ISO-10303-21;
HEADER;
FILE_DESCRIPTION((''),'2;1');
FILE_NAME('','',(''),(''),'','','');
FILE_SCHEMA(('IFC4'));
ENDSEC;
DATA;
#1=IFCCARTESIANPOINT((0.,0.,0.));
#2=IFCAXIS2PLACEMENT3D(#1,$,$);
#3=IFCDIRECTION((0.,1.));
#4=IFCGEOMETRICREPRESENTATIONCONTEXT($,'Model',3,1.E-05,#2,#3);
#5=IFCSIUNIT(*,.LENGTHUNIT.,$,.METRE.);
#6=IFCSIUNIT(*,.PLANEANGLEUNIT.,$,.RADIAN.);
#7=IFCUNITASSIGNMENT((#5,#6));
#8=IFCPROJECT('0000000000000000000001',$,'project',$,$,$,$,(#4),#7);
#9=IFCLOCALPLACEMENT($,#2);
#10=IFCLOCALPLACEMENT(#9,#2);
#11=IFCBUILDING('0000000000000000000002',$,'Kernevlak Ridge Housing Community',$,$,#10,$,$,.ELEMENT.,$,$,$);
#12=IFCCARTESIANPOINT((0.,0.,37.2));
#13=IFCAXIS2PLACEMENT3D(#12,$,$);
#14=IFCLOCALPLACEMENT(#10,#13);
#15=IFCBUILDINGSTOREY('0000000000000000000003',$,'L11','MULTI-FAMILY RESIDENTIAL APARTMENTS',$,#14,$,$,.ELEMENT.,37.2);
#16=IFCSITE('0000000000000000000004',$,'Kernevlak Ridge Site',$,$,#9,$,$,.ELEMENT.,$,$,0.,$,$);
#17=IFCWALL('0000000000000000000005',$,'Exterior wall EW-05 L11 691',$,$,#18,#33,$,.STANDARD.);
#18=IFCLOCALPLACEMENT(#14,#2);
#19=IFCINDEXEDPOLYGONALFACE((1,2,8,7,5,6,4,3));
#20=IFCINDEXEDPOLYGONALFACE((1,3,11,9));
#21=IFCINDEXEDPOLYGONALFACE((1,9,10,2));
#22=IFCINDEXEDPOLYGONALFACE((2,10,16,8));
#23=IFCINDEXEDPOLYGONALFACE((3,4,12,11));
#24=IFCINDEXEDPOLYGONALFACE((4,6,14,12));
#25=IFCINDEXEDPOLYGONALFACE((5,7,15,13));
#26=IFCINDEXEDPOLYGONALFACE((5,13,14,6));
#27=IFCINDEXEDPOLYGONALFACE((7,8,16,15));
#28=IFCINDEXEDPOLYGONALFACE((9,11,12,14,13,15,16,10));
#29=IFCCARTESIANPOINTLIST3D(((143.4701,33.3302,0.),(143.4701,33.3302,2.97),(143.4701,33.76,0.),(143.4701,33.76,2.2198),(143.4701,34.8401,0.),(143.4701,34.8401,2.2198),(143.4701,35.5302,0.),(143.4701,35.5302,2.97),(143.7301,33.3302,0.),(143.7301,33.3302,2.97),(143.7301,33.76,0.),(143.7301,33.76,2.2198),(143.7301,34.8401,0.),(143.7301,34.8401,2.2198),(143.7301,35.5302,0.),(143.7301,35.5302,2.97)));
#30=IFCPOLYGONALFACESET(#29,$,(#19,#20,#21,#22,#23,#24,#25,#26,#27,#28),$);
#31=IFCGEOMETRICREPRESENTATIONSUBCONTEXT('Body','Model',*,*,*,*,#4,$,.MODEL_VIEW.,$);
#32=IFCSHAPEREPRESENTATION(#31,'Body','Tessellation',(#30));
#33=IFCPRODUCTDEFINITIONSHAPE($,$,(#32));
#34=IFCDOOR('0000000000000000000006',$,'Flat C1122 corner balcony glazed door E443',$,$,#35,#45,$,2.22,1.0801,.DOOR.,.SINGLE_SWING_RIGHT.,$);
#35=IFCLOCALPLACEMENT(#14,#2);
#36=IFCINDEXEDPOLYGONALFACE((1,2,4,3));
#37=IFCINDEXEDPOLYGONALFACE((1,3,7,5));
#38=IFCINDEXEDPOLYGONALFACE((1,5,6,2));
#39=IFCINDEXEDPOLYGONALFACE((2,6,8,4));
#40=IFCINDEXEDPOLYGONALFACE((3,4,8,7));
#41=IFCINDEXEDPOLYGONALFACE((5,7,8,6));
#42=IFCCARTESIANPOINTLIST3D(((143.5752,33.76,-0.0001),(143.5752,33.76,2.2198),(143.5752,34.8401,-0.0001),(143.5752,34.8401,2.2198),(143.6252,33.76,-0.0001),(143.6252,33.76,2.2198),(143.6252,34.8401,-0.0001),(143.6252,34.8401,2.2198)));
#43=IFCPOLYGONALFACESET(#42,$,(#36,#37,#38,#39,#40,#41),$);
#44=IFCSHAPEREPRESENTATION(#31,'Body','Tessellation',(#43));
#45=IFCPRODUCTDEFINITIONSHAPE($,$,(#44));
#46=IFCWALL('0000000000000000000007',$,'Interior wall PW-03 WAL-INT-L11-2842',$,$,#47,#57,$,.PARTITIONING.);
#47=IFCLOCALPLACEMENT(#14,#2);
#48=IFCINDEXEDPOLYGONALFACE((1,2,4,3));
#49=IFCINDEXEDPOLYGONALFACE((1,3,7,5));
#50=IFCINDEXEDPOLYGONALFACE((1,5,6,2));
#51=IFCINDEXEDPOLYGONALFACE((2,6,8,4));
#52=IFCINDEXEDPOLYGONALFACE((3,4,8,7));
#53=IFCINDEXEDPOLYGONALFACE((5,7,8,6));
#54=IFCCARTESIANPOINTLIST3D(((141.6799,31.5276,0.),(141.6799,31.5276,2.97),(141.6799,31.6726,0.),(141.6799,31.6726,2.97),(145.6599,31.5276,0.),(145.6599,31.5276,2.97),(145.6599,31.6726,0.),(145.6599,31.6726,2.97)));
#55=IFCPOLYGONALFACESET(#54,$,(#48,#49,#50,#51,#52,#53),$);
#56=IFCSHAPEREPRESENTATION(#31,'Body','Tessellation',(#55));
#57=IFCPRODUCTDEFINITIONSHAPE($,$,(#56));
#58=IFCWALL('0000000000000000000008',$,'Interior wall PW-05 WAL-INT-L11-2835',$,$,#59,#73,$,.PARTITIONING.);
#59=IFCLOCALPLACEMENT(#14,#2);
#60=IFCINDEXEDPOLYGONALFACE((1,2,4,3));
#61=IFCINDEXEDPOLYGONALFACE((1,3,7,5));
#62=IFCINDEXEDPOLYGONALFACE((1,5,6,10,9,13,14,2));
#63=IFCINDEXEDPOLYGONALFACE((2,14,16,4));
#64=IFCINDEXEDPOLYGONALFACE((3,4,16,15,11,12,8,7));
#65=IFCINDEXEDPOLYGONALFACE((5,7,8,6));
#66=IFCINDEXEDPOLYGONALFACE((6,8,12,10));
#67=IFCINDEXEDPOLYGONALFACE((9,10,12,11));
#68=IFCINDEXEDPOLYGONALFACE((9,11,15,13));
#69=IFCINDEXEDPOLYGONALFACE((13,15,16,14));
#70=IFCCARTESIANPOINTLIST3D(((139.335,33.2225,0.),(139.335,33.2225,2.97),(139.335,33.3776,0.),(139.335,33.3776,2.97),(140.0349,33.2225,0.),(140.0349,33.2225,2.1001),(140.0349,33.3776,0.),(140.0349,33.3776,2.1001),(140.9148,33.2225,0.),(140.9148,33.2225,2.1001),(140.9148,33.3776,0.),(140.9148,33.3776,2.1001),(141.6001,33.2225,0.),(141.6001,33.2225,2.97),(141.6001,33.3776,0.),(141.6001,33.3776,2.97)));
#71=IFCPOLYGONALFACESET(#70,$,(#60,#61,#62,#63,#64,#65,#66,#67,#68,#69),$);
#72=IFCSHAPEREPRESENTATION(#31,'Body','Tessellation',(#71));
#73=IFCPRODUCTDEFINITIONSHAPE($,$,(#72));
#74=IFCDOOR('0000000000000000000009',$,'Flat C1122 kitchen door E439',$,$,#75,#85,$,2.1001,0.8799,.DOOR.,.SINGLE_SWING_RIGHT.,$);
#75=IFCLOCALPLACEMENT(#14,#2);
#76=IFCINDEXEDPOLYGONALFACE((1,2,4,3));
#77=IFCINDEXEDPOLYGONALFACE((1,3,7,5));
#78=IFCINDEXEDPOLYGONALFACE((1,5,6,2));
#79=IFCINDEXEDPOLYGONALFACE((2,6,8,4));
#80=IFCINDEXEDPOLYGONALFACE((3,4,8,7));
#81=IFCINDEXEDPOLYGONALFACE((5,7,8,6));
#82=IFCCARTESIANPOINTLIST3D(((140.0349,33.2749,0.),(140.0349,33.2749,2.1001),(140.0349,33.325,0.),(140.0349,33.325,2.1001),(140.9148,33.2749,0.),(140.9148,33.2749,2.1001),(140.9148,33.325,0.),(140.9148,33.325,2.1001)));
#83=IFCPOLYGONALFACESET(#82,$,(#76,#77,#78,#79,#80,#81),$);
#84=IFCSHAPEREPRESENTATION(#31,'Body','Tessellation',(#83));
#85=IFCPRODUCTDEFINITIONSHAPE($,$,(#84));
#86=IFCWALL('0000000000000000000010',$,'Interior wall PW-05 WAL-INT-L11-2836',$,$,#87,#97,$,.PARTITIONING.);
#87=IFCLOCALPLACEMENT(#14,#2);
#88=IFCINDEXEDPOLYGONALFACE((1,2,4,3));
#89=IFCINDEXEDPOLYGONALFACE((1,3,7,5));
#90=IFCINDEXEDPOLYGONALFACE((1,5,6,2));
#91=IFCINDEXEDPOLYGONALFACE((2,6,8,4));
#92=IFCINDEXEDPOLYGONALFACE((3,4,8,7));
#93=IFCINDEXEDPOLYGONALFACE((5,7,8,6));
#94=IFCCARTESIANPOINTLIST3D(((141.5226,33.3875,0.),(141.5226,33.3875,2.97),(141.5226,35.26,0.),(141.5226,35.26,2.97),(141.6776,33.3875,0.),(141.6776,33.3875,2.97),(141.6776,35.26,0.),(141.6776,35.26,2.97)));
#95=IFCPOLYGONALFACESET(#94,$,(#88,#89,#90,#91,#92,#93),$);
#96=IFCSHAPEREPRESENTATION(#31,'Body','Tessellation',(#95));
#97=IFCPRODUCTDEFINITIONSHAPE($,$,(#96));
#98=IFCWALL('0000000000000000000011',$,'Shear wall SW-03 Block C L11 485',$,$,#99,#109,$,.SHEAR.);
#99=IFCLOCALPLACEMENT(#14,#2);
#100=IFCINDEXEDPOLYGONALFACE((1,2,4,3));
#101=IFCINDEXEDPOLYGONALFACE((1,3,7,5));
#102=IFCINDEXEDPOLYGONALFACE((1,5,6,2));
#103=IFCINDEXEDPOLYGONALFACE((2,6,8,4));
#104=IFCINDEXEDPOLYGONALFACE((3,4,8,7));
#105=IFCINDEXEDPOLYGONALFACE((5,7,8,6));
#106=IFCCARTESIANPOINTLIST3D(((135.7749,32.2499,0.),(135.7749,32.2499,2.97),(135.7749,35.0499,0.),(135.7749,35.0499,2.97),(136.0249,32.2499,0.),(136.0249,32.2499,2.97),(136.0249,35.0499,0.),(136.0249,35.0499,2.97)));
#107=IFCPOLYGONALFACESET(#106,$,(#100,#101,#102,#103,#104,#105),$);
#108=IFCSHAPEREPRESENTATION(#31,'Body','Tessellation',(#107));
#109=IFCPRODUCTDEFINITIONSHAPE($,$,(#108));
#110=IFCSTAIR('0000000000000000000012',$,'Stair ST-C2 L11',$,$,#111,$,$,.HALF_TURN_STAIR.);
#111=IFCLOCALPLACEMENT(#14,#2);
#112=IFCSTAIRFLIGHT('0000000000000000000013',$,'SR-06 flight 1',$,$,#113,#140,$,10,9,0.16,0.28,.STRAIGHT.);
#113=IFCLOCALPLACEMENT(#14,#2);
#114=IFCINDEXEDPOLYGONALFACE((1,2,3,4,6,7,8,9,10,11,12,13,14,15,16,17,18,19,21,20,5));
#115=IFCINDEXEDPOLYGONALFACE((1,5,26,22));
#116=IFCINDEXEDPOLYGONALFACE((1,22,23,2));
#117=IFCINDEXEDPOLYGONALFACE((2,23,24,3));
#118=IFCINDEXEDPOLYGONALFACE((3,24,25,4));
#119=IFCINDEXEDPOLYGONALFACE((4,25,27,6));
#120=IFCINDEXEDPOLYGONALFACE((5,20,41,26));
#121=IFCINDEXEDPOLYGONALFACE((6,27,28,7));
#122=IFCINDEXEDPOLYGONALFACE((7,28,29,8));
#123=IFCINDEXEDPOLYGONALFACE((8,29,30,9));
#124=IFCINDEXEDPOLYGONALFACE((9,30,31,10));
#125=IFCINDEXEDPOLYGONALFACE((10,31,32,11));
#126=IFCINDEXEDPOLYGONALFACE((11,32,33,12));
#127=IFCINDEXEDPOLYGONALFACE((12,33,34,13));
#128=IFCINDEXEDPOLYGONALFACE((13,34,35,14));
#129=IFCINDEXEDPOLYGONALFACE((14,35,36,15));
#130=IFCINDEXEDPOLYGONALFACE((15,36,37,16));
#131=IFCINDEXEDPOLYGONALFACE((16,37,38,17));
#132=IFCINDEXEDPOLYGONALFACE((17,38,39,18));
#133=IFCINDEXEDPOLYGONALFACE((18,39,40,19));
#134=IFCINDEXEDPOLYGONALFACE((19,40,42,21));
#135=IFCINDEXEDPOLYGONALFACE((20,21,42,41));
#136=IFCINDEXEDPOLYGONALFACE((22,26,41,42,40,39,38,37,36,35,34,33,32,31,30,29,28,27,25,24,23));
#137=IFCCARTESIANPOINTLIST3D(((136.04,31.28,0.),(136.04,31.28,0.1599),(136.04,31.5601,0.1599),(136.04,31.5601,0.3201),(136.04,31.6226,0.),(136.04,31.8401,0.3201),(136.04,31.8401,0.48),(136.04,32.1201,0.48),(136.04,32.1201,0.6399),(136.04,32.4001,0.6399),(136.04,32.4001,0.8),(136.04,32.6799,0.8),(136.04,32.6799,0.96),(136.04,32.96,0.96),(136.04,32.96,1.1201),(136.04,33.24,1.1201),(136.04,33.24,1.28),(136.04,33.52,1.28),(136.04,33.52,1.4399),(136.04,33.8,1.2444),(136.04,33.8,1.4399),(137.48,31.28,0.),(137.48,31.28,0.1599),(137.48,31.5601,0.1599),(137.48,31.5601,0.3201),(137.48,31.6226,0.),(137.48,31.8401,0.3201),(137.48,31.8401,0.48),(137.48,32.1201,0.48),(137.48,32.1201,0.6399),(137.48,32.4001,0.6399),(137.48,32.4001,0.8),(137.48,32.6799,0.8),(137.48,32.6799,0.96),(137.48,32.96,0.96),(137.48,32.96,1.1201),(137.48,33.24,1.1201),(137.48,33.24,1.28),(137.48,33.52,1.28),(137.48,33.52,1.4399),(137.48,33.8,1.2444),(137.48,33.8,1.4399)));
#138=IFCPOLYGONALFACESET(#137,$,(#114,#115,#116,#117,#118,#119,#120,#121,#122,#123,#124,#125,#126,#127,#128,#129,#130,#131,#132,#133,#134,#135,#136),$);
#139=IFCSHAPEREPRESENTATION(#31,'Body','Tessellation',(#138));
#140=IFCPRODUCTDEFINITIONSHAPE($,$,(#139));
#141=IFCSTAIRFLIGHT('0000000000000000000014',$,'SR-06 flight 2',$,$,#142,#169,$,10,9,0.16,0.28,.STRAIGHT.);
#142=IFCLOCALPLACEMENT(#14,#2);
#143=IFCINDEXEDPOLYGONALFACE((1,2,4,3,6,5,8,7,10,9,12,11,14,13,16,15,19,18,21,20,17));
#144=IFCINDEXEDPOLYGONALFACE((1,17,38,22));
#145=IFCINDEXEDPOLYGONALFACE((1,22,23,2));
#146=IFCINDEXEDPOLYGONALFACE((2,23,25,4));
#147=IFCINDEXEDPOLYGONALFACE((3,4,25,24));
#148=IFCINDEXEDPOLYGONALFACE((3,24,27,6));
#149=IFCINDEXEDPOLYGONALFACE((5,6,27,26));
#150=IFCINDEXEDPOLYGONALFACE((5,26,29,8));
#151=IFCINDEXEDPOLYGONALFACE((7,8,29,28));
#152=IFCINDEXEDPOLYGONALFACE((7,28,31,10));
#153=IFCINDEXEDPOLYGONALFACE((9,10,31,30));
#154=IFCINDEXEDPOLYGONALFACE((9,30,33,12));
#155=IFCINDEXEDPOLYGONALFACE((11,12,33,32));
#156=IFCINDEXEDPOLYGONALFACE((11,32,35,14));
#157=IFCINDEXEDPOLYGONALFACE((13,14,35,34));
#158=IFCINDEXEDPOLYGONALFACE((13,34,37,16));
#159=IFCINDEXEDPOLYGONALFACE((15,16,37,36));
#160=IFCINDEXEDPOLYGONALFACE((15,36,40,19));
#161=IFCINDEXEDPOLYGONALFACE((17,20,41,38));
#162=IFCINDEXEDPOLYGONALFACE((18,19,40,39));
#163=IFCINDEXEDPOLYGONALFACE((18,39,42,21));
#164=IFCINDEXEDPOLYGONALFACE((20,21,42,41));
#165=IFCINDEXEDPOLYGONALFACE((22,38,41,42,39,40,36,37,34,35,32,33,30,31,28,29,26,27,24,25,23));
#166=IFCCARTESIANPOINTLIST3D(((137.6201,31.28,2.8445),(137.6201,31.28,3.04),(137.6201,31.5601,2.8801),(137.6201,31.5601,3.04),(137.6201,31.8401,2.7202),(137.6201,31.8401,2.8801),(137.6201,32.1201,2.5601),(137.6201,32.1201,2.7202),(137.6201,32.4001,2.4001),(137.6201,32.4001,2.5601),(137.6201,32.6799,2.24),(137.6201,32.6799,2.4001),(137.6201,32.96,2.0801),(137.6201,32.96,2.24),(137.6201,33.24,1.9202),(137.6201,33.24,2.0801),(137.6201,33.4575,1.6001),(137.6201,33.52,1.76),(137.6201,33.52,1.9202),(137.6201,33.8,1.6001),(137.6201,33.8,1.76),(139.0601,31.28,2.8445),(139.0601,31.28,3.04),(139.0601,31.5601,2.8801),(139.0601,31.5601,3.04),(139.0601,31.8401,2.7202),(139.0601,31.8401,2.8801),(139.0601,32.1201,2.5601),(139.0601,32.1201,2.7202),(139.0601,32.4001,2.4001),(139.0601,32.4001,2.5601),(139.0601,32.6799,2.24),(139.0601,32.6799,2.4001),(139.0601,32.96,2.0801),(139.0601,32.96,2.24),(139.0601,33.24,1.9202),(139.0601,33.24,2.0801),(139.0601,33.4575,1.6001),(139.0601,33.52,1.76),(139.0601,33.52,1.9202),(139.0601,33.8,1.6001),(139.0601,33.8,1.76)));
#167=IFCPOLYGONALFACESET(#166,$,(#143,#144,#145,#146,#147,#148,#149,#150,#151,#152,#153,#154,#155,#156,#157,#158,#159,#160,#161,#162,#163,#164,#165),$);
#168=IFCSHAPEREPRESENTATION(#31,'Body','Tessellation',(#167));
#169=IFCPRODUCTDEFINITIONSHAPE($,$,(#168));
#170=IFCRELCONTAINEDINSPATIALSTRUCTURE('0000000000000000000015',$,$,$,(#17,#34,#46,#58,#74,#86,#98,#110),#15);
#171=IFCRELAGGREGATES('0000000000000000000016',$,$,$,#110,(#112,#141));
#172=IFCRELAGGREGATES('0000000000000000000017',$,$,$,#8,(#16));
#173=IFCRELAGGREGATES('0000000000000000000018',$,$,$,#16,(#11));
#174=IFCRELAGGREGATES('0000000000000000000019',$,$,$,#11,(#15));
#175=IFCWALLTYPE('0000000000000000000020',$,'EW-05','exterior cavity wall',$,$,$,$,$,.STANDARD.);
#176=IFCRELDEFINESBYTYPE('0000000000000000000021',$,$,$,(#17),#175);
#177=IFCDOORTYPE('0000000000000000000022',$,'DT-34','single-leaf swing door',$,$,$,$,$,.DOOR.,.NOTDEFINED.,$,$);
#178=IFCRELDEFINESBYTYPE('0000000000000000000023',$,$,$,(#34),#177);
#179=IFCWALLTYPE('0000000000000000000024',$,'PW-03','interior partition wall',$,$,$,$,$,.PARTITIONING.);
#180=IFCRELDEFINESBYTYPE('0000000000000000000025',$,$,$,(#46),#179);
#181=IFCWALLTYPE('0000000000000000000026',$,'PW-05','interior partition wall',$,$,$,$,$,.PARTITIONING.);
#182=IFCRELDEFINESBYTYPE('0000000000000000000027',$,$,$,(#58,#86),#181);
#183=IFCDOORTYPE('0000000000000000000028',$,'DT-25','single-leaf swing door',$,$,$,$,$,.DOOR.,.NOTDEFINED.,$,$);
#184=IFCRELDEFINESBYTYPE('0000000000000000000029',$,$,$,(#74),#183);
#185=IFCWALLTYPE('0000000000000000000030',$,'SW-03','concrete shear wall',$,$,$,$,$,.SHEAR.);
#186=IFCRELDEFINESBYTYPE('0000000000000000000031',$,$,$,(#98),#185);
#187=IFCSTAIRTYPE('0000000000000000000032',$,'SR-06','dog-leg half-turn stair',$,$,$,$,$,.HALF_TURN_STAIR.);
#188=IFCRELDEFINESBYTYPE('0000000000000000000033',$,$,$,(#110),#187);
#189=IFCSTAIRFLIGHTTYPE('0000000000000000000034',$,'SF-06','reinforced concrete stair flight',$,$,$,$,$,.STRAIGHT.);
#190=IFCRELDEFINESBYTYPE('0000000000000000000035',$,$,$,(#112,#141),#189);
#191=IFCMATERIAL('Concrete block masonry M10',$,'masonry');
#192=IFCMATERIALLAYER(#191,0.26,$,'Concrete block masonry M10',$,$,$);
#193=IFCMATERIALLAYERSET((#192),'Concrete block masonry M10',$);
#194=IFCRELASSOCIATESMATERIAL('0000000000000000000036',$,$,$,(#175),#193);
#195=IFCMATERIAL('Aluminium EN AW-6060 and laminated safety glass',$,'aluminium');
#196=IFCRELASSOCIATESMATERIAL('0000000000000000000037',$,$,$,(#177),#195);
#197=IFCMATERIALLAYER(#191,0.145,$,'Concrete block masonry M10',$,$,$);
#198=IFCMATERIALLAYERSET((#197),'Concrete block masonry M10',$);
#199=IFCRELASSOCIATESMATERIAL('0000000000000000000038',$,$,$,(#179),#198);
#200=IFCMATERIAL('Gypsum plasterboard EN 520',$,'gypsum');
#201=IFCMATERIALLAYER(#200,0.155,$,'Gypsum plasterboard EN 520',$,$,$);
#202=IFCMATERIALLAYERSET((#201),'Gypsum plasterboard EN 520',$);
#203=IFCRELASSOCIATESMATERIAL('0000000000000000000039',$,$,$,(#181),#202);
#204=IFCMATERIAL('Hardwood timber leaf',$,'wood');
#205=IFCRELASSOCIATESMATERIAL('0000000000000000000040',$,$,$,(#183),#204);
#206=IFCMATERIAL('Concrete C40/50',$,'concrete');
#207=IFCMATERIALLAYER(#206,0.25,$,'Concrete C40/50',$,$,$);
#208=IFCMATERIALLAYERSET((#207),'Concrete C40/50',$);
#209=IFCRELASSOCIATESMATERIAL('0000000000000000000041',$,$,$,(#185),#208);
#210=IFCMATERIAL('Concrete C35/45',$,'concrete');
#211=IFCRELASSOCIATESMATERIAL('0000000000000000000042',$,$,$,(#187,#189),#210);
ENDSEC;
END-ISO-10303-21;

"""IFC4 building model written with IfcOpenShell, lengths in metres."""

from ifc_helpers import new_model, si_unit, direction, frame, frame_2d, origin, place, context, subcontext, project, spatial, polyline, rectangle, outline, extrude, material, layer, layer_set, type_object, element, fill, aggregate, save


model = new_model("IFC4")

# Units and contexts
model_context = context("Model", 3, precision=1e-05, world=origin(), true_north=direction((0.0, 1.0)))
body_context = subcontext(model_context, "Body", "Model", "MODEL_VIEW")
ifc_project = project(units=[si_unit("LENGTHUNIT", "METRE"), si_unit("PLANEANGLEUNIT", "RADIAN")], contexts=[model_context])

# Site, building, storey
site_placement = place(None, origin())
site = spatial("IfcSite", under=ifc_project, at=site_placement, Name="Kernevlak Ridge Site", CompositionType="ELEMENT", RefElevation=0.0)
building_placement = place(site_placement, origin())
building = spatial("IfcBuilding", under=site, at=building_placement, Name="Kernevlak Ridge Housing Community", CompositionType="ELEMENT")
storey_placement = place(building_placement, frame((0.0, 0.0, 37.2)))
storey = spatial("IfcBuildingStorey", under=building, at=storey_placement, Name="L11", Description="MULTI-FAMILY RESIDENTIAL APARTMENTS", CompositionType="ELEMENT", Elevation=37.2)

# Shared definitions
ifc_material_1 = material(Name="Concrete block masonry M10", Category="masonry")
ifc_layer_1 = layer(ifc_material_1, 0.26, Name="Concrete block masonry M10")
ifc_layer_set_1 = layer_set([ifc_layer_1], Name="Concrete block masonry M10")
wall_type_1 = type_object("IfcWallType", Name="EW-05", Description="exterior cavity wall", PredefinedType="STANDARD", material=ifc_layer_set_1)

# Wall, opening, door
wall_1_placement = place(storey_placement, frame((143.6001, 33.3301, 0.0), z_axis=(0.0, 0.0, 1.0), x_axis=(0.0, 1.0, 0.0)))
wall_1 = element("IfcWall", 1, at=wall_1_placement, inside=storey, type_object=wall_type_1, Name="Exterior wall EW-05 L11 691", PredefinedType="STANDARD", context=body_context, shape_type="SweptSolid", body=[
    extrude(rectangle(XDim=2.2, YDim=0.26, at=frame_2d((1.1001, 0.0))), origin(), (0.0, 0.0, 1.0), 2.97),
])
opening_1_placement = place(wall_1_placement, frame((0.4299, 0.0, 0.0)))
opening_1 = element("IfcOpeningElement", 2, at=opening_1_placement, cuts=wall_1, PredefinedType="OPENING", context=body_context, shape_type="SweptSolid", body=[
    extrude(rectangle(XDim=1.0801, YDim=2.22, at=frame_2d((0.54, 1.1099))), frame((0.0, 0.1399, 0.0), z_axis=(0.0, -1.0, 0.0), x_axis=(1.0, 0.0, 0.0)), (0.0, 0.0, 1.0), 0.28),
])
ifc_material_2 = material(Name="Aluminium EN AW-6060 and laminated safety glass", Category="aluminium")
door_type_1 = type_object("IfcDoorType", Name="DT-34", Description="single-leaf swing door", OperationType="NOTDEFINED", PredefinedType="DOOR", material=ifc_material_2)
door_1_placement = place(opening_1_placement, origin())
door_1 = element("IfcDoor", 3, at=door_1_placement, inside=storey, type_object=door_type_1, Name="Flat C1122 corner balcony glazed door E443", OperationType="SINGLE_SWING_RIGHT", OverallHeight=2.22, OverallWidth=1.0801, PredefinedType="DOOR", context=body_context, shape_type="SweptSolid", body=[
    extrude(rectangle(XDim=1.0801, YDim=2.22, at=frame_2d((0.54, 1.1099))), frame((0.0, 0.0249, 0.0), z_axis=(0.0, -1.0, 0.0), x_axis=(1.0, 0.0, 0.0)), (0.0, 0.0, 1.0), 0.05),
])
fill(opening_1, door_1)

# Wall
ifc_layer_2 = layer(ifc_material_1, 0.145, Name="Concrete block masonry M10")
ifc_layer_set_2 = layer_set([ifc_layer_2], Name="Concrete block masonry M10")
wall_type_2 = type_object("IfcWallType", Name="PW-03", Description="interior partition wall", PredefinedType="PARTITIONING", material=ifc_layer_set_2)
wall_2_placement = place(storey_placement, frame((141.6799, 31.6001, 0.0), z_axis=(0.0, 0.0, 1.0), x_axis=(1.0, 0.0, 0.0)))
element("IfcWall", 4, at=wall_2_placement, inside=storey, type_object=wall_type_2, Name="Interior wall PW-03 WAL-INT-L11-2842", PredefinedType="PARTITIONING", context=body_context, shape_type="SweptSolid", body=[
    extrude(rectangle(XDim=3.98, YDim=0.145, at=frame_2d((1.99, 0.0))), origin(), (0.0, 0.0, 1.0), 2.97),
])

# Wall, opening, door
ifc_material_3 = material(Name="Gypsum plasterboard EN 520", Category="gypsum")
ifc_layer_3 = layer(ifc_material_3, 0.155, Name="Gypsum plasterboard EN 520")
ifc_layer_set_3 = layer_set([ifc_layer_3], Name="Gypsum plasterboard EN 520")
wall_type_3 = type_object("IfcWallType", Name="PW-05", Description="interior partition wall", PredefinedType="PARTITIONING", material=ifc_layer_set_3)
wall_3_placement = place(storey_placement, frame((139.335, 33.3, 0.0), z_axis=(0.0, 0.0, 1.0), x_axis=(1.0, 0.0, 0.0)))
wall_3 = element("IfcWall", 5, at=wall_3_placement, inside=storey, type_object=wall_type_3, Name="Interior wall PW-05 WAL-INT-L11-2835", PredefinedType="PARTITIONING", context=body_context, shape_type="SweptSolid", body=[
    extrude(rectangle(XDim=2.2651, YDim=0.155, at=frame_2d((1.1326, 0.0))), origin(), (0.0, 0.0, 1.0), 2.97),
])
opening_2_placement = place(wall_3_placement, frame((0.7, 0.0, 0.0)))
opening_2 = element("IfcOpeningElement", 6, at=opening_2_placement, cuts=wall_3, PredefinedType="OPENING", context=body_context, shape_type="SweptSolid", body=[
    extrude(rectangle(XDim=0.8799, YDim=2.1001, at=frame_2d((0.4399, 1.05))), frame((0.0, 0.0874, 0.0), z_axis=(0.0, -1.0, 0.0), x_axis=(1.0, 0.0, 0.0)), (0.0, 0.0, 1.0), 0.175),
])
ifc_material_4 = material(Name="Hardwood timber leaf", Category="wood")
door_type_2 = type_object("IfcDoorType", Name="DT-25", Description="single-leaf swing door", OperationType="NOTDEFINED", PredefinedType="DOOR", material=ifc_material_4)
door_2_placement = place(opening_2_placement, origin())
door_2 = element("IfcDoor", 7, at=door_2_placement, inside=storey, type_object=door_type_2, Name="Flat C1122 kitchen door E439", OperationType="SINGLE_SWING_RIGHT", OverallHeight=2.1001, OverallWidth=0.8799, PredefinedType="DOOR", context=body_context, shape_type="SweptSolid", body=[
    extrude(rectangle(XDim=0.8799, YDim=2.1001, at=frame_2d((0.4399, 1.05))), frame((0.0, 0.0249, 0.0), z_axis=(0.0, -1.0, 0.0), x_axis=(1.0, 0.0, 0.0)), (0.0, 0.0, 1.0), 0.05),
])
fill(opening_2, door_2)

# Walls
wall_4_placement = place(storey_placement, frame((141.6001, 33.3875, 0.0), z_axis=(0.0, 0.0, 1.0), x_axis=(0.0, 1.0, 0.0)))
element("IfcWall", 8, at=wall_4_placement, inside=storey, type_object=wall_type_3, Name="Interior wall PW-05 WAL-INT-L11-2836", PredefinedType="PARTITIONING", context=body_context, shape_type="SweptSolid", body=[
    extrude(rectangle(XDim=1.8726, YDim=0.155, at=frame_2d((0.9363, 0.0))), origin(), (0.0, 0.0, 1.0), 2.97),
])
ifc_material_5 = material(Name="Concrete C40/50", Category="concrete")
ifc_layer_4 = layer(ifc_material_5, 0.25, Name="Concrete C40/50")
ifc_layer_set_4 = layer_set([ifc_layer_4], Name="Concrete C40/50")
wall_type_4 = type_object("IfcWallType", Name="SW-03", Description="concrete shear wall", PredefinedType="SHEAR", material=ifc_layer_set_4)
wall_5_placement = place(storey_placement, frame((135.8999, 32.25, 0.0), z_axis=(0.0, 0.0, 1.0), x_axis=(0.0, 1.0, 0.0)))
element("IfcWall", 9, at=wall_5_placement, inside=storey, type_object=wall_type_4, Name="Shear wall SW-03 Block C L11 485", PredefinedType="SHEAR", context=body_context, shape_type="SweptSolid", body=[
    extrude(rectangle(XDim=2.8, YDim=0.25, at=frame_2d((1.3999, 0.0))), origin(), (0.0, 0.0, 1.0), 2.97),
])

# Stair, stair flights
ifc_material_6 = material(Name="Concrete C35/45", Category="concrete")
stair_type = type_object("IfcStairType", Name="SR-06", Description="dog-leg half-turn stair", PredefinedType="HALF_TURN_STAIR", material=ifc_material_6)
stair_placement = place(storey_placement, origin())
stair = element("IfcStair", 10, at=stair_placement, inside=storey, type_object=stair_type, Name="Stair ST-C2 L11", PredefinedType="HALF_TURN_STAIR")
stair_flight_type = type_object("IfcStairFlightType", Name="SF-06", Description="reinforced concrete stair flight", PredefinedType="STRAIGHT", material=ifc_material_6)
stair_flight_1_placement = place(storey_placement, frame((136.76, 31.28, 0.0), z_axis=(0.0, 0.0, 1.0), x_axis=(0.0, 1.0, 0.0)))
stair_flight_1 = element("IfcStairFlight", 11, at=stair_flight_1_placement, type_object=stair_flight_type, Name="SR-06 flight 1", NumberOfRisers=10, NumberOfTreads=9, PredefinedType="STRAIGHT", RiserHeight=0.16, TreadLength=0.28, context=body_context, shape_type="SweptSolid", body=[
    extrude(outline(polyline([(0.0, 0.0), (0.0, 0.1599), (0.28, 0.1599), (0.28, 0.3201), (0.5601, 0.3201), (0.5601, 0.48), (0.8401, 0.48), (0.8401, 0.6399), (1.1201, 0.6399), (1.1201, 0.8), (1.3999, 0.8), (1.3999, 0.96), (1.6799, 0.96), (1.6799, 1.1201), (1.96, 1.1201), (1.96, 1.28), (2.24, 1.28), (2.24, 1.4399), (2.52, 1.4399), (2.52, 1.6001), (2.52, 1.2444), (0.3425, 0.0), (0.0, 0.0)])), frame((0.0, 0.72, 0.0), z_axis=(0.0, -1.0, 0.0), x_axis=(1.0, 0.0, 0.0)), (0.0, 0.0, 1.0), 1.4399),
])
stair_flight_2_placement = place(storey_placement, frame((138.3401, 33.8, 1.6001), z_axis=(0.0, 0.0, 1.0), x_axis=(0.0, -1.0, 0.0)))
stair_flight_2 = element("IfcStairFlight", 12, at=stair_flight_2_placement, type_object=stair_flight_type, Name="SR-06 flight 2", NumberOfRisers=10, NumberOfTreads=9, PredefinedType="STRAIGHT", RiserHeight=0.16, TreadLength=0.28, context=body_context, shape_type="SweptSolid", body=[
    extrude(outline(polyline([(0.0, 0.0), (0.0, 0.1599), (0.28, 0.1599), (0.28, 0.3201), (0.5601, 0.3201), (0.5601, 0.48), (0.8401, 0.48), (0.8401, 0.6399), (1.1201, 0.6399), (1.1201, 0.8), (1.3999, 0.8), (1.3999, 0.96), (1.6799, 0.96), (1.6799, 1.1201), (1.96, 1.1201), (1.96, 1.28), (2.24, 1.28), (2.24, 1.4399), (2.52, 1.4399), (2.52, 1.6001), (2.52, 1.2444), (0.3425, 0.0), (0.0, 0.0)])), frame((0.0, 0.72, 0.0), z_axis=(0.0, -1.0, 0.0), x_axis=(1.0, 0.0, 0.0)), (0.0, 0.0, 1.0), 1.4399),
])
aggregate(stair, [stair_flight_1, stair_flight_2])

save(model, "model.ifc")
